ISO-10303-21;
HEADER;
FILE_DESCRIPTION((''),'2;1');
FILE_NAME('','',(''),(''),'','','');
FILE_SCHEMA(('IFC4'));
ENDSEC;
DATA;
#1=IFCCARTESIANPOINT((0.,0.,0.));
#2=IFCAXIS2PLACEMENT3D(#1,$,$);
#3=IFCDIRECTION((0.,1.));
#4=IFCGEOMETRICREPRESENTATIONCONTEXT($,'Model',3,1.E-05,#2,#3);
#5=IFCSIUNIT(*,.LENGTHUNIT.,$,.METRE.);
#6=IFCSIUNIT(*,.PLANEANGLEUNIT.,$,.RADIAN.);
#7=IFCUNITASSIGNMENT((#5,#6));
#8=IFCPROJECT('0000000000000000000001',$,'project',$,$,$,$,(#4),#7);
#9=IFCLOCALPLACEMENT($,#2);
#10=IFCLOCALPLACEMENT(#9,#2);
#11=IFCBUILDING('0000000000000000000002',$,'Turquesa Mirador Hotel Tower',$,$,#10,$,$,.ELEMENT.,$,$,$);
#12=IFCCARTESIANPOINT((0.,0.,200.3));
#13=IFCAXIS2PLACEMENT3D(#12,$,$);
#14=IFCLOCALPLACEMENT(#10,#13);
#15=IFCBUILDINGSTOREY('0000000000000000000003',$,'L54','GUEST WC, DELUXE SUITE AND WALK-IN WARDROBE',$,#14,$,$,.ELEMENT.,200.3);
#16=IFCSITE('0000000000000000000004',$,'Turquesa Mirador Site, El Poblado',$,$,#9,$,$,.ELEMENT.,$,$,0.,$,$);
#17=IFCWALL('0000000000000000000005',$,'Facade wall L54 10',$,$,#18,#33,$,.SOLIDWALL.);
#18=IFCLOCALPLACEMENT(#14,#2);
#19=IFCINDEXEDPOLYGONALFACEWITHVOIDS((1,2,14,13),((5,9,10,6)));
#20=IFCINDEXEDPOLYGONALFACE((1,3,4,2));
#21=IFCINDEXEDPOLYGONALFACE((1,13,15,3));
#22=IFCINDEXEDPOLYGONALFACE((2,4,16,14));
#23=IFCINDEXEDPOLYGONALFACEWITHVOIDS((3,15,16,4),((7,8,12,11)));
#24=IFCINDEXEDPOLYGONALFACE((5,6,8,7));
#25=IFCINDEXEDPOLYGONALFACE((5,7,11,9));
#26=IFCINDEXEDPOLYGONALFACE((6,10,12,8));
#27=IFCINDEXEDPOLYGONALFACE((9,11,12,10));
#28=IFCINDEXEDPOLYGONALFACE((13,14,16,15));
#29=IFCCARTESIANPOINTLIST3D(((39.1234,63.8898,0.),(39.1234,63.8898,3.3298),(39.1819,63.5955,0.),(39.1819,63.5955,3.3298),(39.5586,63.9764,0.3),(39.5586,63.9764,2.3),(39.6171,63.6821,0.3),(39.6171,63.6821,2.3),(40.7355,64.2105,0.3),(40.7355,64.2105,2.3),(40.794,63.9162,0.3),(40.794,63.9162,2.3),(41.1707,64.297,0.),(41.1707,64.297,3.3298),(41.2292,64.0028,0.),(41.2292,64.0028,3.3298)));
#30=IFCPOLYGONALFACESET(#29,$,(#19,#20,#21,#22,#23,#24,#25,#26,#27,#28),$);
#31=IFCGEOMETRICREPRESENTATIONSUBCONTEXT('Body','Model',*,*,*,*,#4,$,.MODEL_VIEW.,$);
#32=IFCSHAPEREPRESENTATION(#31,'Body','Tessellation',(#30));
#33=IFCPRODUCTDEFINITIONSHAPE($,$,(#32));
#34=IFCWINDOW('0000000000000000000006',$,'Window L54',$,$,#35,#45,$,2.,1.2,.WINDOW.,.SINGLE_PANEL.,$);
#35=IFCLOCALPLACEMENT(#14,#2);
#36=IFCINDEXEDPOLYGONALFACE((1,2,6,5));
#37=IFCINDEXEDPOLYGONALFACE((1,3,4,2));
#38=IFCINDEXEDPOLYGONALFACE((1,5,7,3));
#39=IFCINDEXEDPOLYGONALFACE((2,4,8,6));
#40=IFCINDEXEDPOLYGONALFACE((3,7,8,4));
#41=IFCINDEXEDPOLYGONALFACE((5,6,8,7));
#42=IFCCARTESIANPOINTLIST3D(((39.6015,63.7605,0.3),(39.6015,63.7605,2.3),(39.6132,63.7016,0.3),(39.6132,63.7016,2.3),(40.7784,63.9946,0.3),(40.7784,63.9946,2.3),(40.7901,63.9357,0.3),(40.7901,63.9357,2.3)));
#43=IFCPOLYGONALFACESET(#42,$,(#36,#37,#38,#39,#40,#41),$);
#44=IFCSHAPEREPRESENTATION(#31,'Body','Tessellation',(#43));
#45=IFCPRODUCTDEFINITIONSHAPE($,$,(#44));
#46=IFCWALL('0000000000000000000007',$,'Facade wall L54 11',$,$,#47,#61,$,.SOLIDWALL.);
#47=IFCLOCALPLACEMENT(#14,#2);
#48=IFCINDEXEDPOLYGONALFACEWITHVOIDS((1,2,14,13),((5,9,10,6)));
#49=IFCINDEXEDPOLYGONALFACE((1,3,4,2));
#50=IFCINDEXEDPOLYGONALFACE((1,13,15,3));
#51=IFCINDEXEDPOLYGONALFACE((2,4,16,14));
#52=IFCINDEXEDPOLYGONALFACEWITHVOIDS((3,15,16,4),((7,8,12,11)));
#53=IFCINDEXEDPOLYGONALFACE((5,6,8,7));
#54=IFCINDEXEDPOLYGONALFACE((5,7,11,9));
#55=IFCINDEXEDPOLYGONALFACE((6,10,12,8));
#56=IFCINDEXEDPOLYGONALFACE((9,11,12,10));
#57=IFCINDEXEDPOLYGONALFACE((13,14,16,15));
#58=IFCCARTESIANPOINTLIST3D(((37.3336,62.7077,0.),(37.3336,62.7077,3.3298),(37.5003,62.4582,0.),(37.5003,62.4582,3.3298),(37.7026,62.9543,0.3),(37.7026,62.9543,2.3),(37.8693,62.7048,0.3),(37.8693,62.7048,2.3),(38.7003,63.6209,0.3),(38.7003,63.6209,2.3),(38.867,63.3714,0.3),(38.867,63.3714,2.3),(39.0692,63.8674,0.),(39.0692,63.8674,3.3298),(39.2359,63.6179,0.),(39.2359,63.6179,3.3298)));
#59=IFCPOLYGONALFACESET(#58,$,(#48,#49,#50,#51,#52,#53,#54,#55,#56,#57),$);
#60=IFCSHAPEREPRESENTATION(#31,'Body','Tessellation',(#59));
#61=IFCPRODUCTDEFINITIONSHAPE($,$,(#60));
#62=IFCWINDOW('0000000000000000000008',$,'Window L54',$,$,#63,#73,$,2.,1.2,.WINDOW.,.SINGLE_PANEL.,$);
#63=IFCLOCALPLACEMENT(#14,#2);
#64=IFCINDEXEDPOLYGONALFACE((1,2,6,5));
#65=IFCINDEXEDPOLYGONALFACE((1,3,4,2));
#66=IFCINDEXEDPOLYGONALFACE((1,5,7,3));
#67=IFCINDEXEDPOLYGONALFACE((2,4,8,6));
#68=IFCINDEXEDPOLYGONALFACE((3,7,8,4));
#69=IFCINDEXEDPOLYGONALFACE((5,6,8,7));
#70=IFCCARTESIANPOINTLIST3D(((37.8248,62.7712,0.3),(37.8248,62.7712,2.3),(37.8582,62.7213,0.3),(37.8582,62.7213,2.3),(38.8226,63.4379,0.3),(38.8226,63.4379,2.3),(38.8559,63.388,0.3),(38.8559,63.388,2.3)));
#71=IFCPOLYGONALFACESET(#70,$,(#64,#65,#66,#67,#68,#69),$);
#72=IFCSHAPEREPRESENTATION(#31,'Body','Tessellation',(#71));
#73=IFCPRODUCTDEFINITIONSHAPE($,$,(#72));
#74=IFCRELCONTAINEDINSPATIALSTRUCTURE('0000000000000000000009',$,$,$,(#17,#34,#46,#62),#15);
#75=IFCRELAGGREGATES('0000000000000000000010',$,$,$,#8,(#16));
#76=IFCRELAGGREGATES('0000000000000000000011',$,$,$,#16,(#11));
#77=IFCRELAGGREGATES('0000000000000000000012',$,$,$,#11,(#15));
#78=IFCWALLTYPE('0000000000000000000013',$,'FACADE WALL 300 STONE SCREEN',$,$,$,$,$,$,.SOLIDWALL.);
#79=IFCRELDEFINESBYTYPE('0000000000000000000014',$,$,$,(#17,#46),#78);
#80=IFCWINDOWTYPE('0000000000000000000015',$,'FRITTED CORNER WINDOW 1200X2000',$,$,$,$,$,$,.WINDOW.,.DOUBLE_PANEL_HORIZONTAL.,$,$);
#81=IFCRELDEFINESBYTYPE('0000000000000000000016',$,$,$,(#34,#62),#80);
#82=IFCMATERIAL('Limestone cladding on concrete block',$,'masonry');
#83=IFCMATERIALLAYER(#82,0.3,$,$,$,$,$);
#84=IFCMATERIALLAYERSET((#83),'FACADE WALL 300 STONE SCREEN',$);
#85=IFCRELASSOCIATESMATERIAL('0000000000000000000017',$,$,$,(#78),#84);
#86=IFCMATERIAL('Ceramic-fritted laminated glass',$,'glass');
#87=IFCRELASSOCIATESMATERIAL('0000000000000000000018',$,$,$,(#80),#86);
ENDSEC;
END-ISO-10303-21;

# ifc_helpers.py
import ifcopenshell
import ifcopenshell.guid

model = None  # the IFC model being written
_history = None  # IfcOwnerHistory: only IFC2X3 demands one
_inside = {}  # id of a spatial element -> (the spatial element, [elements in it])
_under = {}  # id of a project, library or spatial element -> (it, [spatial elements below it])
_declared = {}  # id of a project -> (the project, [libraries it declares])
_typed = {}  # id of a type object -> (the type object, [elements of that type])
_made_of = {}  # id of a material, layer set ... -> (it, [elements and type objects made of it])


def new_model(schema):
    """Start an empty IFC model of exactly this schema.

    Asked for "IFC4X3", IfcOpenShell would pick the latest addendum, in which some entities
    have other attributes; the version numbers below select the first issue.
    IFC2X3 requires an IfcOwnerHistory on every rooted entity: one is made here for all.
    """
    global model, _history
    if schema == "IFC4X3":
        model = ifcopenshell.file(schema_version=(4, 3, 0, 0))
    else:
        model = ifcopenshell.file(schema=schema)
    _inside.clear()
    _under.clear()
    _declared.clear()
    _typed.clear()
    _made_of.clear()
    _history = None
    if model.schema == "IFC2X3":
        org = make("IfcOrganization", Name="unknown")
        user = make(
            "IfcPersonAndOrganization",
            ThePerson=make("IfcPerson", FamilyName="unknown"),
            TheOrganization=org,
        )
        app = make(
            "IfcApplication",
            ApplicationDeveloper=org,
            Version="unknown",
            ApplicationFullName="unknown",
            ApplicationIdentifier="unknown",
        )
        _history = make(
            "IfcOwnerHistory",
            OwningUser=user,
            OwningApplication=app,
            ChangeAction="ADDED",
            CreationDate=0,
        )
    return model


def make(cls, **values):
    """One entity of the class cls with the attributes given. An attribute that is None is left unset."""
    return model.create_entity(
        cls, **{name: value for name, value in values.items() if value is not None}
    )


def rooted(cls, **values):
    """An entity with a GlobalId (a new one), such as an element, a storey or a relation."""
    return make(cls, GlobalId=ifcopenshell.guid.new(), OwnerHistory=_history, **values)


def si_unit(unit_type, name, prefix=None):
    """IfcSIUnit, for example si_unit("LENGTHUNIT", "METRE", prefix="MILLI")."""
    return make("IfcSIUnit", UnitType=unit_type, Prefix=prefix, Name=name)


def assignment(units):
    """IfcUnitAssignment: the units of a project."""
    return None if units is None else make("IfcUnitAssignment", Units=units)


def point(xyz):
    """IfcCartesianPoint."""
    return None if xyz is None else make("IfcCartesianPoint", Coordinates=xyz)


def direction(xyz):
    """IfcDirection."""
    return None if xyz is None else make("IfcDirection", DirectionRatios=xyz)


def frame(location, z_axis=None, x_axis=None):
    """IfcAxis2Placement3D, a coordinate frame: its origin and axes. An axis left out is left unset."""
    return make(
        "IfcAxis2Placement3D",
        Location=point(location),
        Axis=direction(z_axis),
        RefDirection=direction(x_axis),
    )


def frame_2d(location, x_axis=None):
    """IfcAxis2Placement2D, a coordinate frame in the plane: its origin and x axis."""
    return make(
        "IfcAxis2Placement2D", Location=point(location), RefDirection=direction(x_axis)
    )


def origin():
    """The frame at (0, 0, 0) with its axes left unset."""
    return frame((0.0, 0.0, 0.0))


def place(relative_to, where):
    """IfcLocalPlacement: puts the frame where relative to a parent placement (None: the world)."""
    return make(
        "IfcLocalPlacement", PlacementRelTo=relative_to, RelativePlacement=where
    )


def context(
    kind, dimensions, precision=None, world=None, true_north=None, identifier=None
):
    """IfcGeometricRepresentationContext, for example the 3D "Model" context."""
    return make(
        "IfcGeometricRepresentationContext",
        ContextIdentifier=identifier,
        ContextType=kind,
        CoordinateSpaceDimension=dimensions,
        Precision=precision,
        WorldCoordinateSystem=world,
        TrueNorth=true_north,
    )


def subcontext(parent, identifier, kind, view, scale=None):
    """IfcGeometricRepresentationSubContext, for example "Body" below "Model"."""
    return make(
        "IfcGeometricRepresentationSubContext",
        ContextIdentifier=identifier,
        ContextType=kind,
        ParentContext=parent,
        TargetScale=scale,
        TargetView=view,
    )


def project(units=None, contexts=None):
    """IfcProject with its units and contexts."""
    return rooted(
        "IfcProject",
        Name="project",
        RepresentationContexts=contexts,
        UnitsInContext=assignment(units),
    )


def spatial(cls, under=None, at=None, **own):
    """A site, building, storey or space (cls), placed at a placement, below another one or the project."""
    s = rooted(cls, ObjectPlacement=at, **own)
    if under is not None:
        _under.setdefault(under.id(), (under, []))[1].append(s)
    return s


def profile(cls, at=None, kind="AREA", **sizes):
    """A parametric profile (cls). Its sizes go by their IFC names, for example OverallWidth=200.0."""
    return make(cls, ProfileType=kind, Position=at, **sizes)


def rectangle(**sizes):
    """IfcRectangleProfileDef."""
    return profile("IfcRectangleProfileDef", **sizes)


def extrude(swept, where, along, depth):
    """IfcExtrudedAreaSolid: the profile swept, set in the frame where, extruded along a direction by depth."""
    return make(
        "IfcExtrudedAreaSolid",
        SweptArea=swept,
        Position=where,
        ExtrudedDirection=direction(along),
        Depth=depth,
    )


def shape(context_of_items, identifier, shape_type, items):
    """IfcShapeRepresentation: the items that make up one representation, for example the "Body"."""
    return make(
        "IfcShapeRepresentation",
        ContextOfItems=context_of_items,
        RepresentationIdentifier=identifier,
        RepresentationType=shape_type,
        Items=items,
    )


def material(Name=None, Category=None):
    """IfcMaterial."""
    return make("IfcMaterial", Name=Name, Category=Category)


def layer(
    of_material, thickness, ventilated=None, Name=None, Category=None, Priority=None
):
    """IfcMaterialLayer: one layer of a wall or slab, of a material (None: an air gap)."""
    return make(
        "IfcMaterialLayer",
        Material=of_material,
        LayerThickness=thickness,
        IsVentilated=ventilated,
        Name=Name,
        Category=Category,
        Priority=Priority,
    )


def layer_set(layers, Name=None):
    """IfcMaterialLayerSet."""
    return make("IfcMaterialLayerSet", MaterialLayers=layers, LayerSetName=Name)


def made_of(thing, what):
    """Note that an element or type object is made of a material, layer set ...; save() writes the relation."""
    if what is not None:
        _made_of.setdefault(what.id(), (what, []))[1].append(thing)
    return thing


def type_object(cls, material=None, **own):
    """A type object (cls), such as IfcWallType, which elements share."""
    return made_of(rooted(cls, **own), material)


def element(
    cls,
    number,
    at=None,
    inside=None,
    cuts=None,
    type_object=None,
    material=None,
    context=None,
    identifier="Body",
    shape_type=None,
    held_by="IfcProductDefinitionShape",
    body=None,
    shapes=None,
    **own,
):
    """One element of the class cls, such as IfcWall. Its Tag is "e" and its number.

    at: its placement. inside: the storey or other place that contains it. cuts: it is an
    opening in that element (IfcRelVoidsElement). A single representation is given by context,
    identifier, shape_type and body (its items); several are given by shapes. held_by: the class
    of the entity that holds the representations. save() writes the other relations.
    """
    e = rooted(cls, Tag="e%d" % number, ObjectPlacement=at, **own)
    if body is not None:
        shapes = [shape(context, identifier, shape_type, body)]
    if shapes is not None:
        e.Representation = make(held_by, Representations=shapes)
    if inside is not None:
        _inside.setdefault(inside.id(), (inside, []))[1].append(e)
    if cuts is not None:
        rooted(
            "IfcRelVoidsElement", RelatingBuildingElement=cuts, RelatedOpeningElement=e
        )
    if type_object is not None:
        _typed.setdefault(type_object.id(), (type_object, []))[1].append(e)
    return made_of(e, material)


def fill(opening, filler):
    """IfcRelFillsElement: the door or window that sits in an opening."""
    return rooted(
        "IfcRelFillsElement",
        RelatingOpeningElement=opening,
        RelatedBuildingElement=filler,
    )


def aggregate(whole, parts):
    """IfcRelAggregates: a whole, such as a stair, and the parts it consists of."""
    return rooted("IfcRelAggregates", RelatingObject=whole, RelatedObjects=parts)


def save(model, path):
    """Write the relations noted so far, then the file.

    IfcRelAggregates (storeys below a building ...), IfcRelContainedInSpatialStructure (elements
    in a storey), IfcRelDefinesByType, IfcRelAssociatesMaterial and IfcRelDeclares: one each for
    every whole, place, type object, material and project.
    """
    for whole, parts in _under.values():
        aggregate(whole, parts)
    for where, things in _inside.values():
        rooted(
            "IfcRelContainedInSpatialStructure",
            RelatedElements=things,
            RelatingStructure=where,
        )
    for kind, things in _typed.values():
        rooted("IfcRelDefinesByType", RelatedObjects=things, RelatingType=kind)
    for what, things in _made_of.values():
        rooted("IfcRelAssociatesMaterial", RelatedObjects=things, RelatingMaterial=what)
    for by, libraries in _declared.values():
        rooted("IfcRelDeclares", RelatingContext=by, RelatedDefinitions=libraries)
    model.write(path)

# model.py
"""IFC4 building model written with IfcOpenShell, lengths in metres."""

from ifc_helpers import new_model, si_unit, direction, frame, frame_2d, origin, place, context, subcontext, project, spatial, rectangle, extrude, material, layer, layer_set, type_object, element, fill, save


model = new_model("IFC4")

# Units and contexts
model_context = context("Model", 3, precision=1e-05, world=origin(), true_north=direction((0.0, 1.0)))
body_context = subcontext(model_context, "Body", "Model", "MODEL_VIEW")
ifc_project = project(units=[si_unit("LENGTHUNIT", "METRE"), si_unit("PLANEANGLEUNIT", "RADIAN")], contexts=[model_context])

# Site, building, storey
site_placement = place(None, origin())
site = spatial("IfcSite", under=ifc_project, at=site_placement, Name="Turquesa Mirador Site, El Poblado", CompositionType="ELEMENT", RefElevation=0.0)
building_placement = place(site_placement, origin())
building = spatial("IfcBuilding", under=site, at=building_placement, Name="Turquesa Mirador Hotel Tower", CompositionType="ELEMENT")
storey_placement = place(building_placement, frame((0.0, 0.0, 200.3)))
storey = spatial("IfcBuildingStorey", under=building, at=storey_placement, Name="L54", Description="GUEST WC, DELUXE SUITE AND WALK-IN WARDROBE", CompositionType="ELEMENT", Elevation=200.3)

# Walls, openings, windows
ifc_material_1 = material(Name="Limestone cladding on concrete block", Category="masonry")
ifc_layer_1 = layer(ifc_material_1, 0.3)
ifc_layer_set_1 = layer_set([ifc_layer_1], Name="FACADE WALL 300 STONE SCREEN")
wall_type_1 = type_object("IfcWallType", Name="FACADE WALL 300 STONE SCREEN", PredefinedType="SOLIDWALL", material=ifc_layer_set_1)
wall_1_placement = place(storey_placement, frame((41.2, 64.1499, 0.0), z_axis=(0.0, 0.0, 1.0), x_axis=(-0.980787, -0.195081, 0.0)))
wall_1 = element("IfcWall", 1, at=wall_1_placement, inside=storey, type_object=wall_type_1, Name="Facade wall L54 10", PredefinedType="SOLIDWALL", context=body_context, shape_type="SweptSolid", body=[
    extrude(rectangle(XDim=2.0874, YDim=0.3, at=frame_2d((1.0437, 0.0))), origin(), (0.0, 0.0, 1.0), 3.3298),
])
opening_1_placement = place(wall_1_placement, frame((0.4436, 0.0, 0.3)))
opening_1 = element("IfcOpeningElement", 2, at=opening_1_placement, cuts=wall_1, PredefinedType="OPENING", context=body_context, shape_type="SweptSolid", body=[
    extrude(rectangle(XDim=1.2, YDim=2.0, at=frame_2d((0.6001, 1.0))), frame((0.0, 0.1599, 0.0), z_axis=(0.0, -1.0, 0.0), x_axis=(1.0, 0.0, 0.0)), (0.0, 0.0, 1.0), 0.3201),
])
ifc_material_2 = material(Name="Ceramic-fritted laminated glass", Category="glass")
window_type = type_object("IfcWindowType", Name="FRITTED CORNER WINDOW 1200X2000", PartitioningType="DOUBLE_PANEL_HORIZONTAL", PredefinedType="WINDOW", material=ifc_material_2)
window_1_placement = place(opening_1_placement, origin())
window_1 = element("IfcWindow", 3, at=window_1_placement, inside=storey, type_object=window_type, Name="Window L54", OverallHeight=2.0, OverallWidth=1.2, PartitioningType="SINGLE_PANEL", PredefinedType="WINDOW", context=body_context, shape_type="SweptSolid", body=[
    extrude(rectangle(XDim=1.2, YDim=2.0, at=frame_2d((0.6001, 1.0))), frame((0.0, 0.1301, 0.0), z_axis=(0.0, -1.0, 0.0), x_axis=(1.0, 0.0, 0.0)), (0.0, 0.0, 1.0), 0.0601),
])
fill(opening_1, window_1)
wall_2_placement = place(storey_placement, frame((39.1526, 63.7427, 0.0), z_axis=(0.0, 0.0, 1.0), x_axis=(-0.831474, -0.555564, 0.0)))
wall_2 = element("IfcWall", 4, at=wall_2_placement, inside=storey, type_object=wall_type_1, Name="Facade wall L54 11", PredefinedType="SOLIDWALL", context=body_context, shape_type="SweptSolid", body=[
    extrude(rectangle(XDim=2.0874, YDim=0.3, at=frame_2d((1.0437, 0.0))), origin(), (0.0, 0.0, 1.0), 3.3298),
])
opening_2_placement = place(wall_2_placement, frame((0.4436, 0.0, 0.3)))
opening_2 = element("IfcOpeningElement", 5, at=opening_2_placement, cuts=wall_2, PredefinedType="OPENING", context=body_context, shape_type="SweptSolid", body=[
    extrude(rectangle(XDim=1.2, YDim=2.0, at=frame_2d((0.6001, 1.0))), frame((0.0, 0.1599, 0.0), z_axis=(0.0, -1.0, 0.0), x_axis=(1.0, 0.0, 0.0)), (0.0, 0.0, 1.0), 0.3201),
])
window_2_placement = place(opening_2_placement, origin())
window_2 = element("IfcWindow", 6, at=window_2_placement, inside=storey, type_object=window_type, Name="Window L54", OverallHeight=2.0, OverallWidth=1.2, PartitioningType="SINGLE_PANEL", PredefinedType="WINDOW", context=body_context, shape_type="SweptSolid", body=[
    extrude(rectangle(XDim=1.2, YDim=2.0, at=frame_2d((0.6001, 1.0))), frame((0.0, 0.1301, 0.0), z_axis=(0.0, -1.0, 0.0), x_axis=(1.0, 0.0, 0.0)), (0.0, 0.0, 1.0), 0.0601),
])
fill(opening_2, window_2)

save(model, "model.ifc")
